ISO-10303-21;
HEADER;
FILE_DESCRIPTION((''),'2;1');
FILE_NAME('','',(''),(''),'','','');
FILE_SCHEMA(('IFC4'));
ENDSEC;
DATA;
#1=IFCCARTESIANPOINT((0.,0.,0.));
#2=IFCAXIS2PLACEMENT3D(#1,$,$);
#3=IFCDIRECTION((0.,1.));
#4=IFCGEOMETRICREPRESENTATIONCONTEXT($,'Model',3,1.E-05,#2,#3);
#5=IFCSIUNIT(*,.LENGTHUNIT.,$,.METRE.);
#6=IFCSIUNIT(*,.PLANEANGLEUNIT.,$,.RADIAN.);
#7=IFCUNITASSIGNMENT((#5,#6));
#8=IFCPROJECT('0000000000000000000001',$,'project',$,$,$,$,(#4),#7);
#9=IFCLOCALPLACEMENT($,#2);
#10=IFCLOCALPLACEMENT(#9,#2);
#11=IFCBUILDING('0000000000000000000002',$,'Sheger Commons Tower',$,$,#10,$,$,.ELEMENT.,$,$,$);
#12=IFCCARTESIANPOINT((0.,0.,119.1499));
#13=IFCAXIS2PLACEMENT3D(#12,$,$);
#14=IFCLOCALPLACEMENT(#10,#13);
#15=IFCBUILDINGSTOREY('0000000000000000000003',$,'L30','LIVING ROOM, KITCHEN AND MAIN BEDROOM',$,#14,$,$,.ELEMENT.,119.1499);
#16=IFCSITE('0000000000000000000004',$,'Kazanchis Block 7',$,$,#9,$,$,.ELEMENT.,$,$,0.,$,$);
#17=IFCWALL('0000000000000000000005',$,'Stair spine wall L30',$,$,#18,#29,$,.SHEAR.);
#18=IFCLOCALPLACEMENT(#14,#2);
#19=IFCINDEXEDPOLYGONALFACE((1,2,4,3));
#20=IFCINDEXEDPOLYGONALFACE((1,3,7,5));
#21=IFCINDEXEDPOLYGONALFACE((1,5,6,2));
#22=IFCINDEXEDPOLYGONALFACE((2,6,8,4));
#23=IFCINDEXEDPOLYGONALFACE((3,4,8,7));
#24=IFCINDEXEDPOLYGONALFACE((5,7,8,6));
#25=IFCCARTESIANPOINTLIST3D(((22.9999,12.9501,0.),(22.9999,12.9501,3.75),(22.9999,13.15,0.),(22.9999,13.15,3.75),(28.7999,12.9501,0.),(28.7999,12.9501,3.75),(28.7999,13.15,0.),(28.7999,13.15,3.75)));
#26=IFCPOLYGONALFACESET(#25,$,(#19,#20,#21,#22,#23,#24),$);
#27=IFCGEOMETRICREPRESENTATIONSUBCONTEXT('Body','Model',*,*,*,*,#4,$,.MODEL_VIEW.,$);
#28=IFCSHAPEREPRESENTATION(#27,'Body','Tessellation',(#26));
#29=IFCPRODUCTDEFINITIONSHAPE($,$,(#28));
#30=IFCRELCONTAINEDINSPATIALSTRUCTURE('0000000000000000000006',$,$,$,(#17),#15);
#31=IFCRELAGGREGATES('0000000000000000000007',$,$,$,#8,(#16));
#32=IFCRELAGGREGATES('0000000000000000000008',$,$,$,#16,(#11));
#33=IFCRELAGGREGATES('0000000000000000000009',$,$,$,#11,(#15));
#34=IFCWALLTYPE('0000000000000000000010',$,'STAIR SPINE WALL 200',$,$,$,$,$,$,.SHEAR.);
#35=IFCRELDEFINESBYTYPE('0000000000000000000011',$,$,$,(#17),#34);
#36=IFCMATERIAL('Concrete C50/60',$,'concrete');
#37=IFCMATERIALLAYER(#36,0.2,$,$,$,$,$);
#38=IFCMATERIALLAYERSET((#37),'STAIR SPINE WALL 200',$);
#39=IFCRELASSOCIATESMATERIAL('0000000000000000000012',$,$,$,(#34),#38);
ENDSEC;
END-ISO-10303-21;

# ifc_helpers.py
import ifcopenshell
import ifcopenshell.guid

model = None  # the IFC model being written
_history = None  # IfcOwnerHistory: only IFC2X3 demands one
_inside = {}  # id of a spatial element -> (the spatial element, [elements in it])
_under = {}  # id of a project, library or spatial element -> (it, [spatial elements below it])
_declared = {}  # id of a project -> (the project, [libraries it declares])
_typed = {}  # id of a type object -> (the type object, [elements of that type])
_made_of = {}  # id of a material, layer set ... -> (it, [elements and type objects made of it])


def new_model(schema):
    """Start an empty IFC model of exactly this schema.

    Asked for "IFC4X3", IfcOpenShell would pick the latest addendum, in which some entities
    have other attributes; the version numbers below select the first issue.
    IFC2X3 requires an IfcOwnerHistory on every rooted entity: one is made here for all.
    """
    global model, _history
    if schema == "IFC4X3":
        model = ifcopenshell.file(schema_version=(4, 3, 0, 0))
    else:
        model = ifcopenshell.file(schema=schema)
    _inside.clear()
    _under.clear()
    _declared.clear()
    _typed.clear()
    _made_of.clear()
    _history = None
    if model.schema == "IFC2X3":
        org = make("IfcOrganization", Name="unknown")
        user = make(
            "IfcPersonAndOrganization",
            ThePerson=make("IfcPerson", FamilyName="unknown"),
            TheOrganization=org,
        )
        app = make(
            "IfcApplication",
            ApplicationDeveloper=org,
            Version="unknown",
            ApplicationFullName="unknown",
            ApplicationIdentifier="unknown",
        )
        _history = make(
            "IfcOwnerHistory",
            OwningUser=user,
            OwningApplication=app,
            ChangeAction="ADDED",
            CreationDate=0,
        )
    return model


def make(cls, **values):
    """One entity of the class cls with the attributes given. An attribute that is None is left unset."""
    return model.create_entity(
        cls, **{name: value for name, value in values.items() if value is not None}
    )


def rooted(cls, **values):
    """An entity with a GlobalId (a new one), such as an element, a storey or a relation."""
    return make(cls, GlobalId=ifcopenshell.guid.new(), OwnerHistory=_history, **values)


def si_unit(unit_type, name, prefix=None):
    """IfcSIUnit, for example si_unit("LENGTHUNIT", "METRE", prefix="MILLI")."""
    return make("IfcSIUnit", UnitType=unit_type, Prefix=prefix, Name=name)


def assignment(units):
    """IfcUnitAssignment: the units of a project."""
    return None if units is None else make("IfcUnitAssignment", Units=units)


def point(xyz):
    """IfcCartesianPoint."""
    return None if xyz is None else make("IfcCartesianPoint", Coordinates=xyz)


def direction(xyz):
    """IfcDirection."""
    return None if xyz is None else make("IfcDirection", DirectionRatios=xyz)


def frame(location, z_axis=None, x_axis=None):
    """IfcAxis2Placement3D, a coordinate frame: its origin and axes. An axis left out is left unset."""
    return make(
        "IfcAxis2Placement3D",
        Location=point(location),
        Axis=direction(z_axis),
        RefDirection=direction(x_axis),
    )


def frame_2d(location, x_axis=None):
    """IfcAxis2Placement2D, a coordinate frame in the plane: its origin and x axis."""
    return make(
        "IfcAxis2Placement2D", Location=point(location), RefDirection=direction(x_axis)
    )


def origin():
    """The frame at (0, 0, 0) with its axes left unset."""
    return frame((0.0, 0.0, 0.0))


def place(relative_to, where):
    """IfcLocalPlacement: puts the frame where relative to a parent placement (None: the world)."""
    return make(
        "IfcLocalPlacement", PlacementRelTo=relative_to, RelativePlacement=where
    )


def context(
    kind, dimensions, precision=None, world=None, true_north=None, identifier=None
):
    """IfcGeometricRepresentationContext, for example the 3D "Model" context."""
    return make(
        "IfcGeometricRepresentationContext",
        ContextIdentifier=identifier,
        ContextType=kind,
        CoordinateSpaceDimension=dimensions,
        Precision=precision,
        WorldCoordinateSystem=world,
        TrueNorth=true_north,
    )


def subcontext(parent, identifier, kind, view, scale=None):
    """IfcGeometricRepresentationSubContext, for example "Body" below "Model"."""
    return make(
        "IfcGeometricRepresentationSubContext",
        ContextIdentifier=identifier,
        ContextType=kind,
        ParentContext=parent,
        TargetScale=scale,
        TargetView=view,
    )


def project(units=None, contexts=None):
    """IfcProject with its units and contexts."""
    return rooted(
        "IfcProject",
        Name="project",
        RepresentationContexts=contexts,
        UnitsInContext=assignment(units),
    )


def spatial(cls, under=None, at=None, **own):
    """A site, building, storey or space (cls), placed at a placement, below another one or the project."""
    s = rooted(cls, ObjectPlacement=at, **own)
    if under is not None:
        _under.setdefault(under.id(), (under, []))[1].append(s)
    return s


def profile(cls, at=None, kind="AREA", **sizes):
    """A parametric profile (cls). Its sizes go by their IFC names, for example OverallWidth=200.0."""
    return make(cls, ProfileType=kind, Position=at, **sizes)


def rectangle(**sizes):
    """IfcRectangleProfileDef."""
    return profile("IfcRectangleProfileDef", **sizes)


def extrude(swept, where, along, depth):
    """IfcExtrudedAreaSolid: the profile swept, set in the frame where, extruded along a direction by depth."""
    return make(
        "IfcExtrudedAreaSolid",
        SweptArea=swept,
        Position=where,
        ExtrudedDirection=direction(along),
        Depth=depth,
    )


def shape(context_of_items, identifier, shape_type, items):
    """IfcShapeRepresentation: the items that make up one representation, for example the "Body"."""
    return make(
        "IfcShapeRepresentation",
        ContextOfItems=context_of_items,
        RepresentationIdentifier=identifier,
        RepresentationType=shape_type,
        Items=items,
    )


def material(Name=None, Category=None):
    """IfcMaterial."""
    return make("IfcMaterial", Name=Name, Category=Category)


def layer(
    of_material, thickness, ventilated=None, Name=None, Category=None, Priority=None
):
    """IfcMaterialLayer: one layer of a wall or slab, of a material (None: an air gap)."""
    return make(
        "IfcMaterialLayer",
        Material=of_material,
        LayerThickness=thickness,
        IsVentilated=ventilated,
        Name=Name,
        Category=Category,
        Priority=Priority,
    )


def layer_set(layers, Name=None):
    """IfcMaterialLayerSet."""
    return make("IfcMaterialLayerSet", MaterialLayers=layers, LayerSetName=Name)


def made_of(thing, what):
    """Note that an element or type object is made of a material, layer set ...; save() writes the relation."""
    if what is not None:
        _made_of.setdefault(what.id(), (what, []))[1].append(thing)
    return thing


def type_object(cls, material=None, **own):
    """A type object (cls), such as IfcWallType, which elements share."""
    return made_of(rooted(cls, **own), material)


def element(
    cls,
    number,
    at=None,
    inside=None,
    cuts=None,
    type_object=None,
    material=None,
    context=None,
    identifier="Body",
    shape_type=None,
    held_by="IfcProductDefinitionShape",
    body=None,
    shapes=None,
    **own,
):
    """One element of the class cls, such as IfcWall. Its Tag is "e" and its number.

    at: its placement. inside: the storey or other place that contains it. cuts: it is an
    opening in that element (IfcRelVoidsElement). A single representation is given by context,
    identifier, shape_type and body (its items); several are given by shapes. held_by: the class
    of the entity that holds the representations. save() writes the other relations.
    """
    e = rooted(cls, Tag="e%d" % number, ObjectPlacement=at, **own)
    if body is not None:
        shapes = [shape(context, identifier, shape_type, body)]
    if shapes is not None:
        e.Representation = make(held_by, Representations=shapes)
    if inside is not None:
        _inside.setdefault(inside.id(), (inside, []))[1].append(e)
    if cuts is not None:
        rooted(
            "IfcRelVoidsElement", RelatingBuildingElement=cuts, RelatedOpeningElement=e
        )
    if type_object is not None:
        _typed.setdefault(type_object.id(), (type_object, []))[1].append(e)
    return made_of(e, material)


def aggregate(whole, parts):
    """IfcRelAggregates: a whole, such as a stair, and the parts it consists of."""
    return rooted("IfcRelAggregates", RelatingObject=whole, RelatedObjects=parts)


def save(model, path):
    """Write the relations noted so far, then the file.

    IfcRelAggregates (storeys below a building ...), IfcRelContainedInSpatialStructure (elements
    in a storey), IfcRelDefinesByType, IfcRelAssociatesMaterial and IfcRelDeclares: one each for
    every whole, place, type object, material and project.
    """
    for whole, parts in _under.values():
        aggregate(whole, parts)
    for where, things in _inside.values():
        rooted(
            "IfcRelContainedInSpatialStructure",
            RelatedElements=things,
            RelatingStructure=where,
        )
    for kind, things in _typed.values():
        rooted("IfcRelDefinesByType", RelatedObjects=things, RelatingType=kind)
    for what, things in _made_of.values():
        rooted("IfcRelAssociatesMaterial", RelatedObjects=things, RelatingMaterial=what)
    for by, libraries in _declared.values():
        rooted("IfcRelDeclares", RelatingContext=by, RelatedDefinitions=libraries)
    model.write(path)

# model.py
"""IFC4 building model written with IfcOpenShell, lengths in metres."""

from ifc_helpers import new_model, si_unit, direction, frame, frame_2d, origin, place, context, subcontext, project, spatial, rectangle, extrude, material, layer, layer_set, type_object, element, save


model = new_model("IFC4")

# Units and contexts
model_context = context("Model", 3, precision=1e-05, world=origin(), true_north=direction((0.0, 1.0)))
body_context = subcontext(model_context, "Body", "Model", "MODEL_VIEW")
ifc_project = project(units=[si_unit("LENGTHUNIT", "METRE"), si_unit("PLANEANGLEUNIT", "RADIAN")], contexts=[model_context])

# Site, building, storey
site_placement = place(None, origin())
site = spatial("IfcSite", under=ifc_project, at=site_placement, Name="Kazanchis Block 7", CompositionType="ELEMENT", RefElevation=0.0)
building_placement = place(site_placement, origin())
building = spatial("IfcBuilding", under=site, at=building_placement, Name="Sheger Commons Tower", CompositionType="ELEMENT")
storey_placement = place(building_placement, frame((0.0, 0.0, 119.1499)))
storey = spatial("IfcBuildingStorey", under=building, at=storey_placement, Name="L30", Description="LIVING ROOM, KITCHEN AND MAIN BEDROOM", CompositionType="ELEMENT", Elevation=119.1499)

# Wall
ifc_material_1 = material(Name="Concrete C50/60", Category="concrete")
ifc_layer_1 = layer(ifc_material_1, 0.2)
ifc_layer_set_1 = layer_set([ifc_layer_1], Name="STAIR SPINE WALL 200")
wall_type_1 = type_object("IfcWallType", Name="STAIR SPINE WALL 200", PredefinedType="SHEAR", material=ifc_layer_set_1)
wall_1_placement = place(storey_placement, frame((23.0, 13.05, 0.0), z_axis=(0.0, 0.0, 1.0), x_axis=(1.0, 0.0, 0.0)))
element("IfcWall", 1, at=wall_1_placement, inside=storey, type_object=wall_type_1, Name="Stair spine wall L30", PredefinedType="SHEAR", context=body_context, shape_type="SweptSolid", body=[
    extrude(rectangle(XDim=5.8, YDim=0.2, at=frame_2d((2.8999, 0.0))), origin(), (0.0, 0.0, 1.0), 3.75),
])

save(model, "model.ifc")
